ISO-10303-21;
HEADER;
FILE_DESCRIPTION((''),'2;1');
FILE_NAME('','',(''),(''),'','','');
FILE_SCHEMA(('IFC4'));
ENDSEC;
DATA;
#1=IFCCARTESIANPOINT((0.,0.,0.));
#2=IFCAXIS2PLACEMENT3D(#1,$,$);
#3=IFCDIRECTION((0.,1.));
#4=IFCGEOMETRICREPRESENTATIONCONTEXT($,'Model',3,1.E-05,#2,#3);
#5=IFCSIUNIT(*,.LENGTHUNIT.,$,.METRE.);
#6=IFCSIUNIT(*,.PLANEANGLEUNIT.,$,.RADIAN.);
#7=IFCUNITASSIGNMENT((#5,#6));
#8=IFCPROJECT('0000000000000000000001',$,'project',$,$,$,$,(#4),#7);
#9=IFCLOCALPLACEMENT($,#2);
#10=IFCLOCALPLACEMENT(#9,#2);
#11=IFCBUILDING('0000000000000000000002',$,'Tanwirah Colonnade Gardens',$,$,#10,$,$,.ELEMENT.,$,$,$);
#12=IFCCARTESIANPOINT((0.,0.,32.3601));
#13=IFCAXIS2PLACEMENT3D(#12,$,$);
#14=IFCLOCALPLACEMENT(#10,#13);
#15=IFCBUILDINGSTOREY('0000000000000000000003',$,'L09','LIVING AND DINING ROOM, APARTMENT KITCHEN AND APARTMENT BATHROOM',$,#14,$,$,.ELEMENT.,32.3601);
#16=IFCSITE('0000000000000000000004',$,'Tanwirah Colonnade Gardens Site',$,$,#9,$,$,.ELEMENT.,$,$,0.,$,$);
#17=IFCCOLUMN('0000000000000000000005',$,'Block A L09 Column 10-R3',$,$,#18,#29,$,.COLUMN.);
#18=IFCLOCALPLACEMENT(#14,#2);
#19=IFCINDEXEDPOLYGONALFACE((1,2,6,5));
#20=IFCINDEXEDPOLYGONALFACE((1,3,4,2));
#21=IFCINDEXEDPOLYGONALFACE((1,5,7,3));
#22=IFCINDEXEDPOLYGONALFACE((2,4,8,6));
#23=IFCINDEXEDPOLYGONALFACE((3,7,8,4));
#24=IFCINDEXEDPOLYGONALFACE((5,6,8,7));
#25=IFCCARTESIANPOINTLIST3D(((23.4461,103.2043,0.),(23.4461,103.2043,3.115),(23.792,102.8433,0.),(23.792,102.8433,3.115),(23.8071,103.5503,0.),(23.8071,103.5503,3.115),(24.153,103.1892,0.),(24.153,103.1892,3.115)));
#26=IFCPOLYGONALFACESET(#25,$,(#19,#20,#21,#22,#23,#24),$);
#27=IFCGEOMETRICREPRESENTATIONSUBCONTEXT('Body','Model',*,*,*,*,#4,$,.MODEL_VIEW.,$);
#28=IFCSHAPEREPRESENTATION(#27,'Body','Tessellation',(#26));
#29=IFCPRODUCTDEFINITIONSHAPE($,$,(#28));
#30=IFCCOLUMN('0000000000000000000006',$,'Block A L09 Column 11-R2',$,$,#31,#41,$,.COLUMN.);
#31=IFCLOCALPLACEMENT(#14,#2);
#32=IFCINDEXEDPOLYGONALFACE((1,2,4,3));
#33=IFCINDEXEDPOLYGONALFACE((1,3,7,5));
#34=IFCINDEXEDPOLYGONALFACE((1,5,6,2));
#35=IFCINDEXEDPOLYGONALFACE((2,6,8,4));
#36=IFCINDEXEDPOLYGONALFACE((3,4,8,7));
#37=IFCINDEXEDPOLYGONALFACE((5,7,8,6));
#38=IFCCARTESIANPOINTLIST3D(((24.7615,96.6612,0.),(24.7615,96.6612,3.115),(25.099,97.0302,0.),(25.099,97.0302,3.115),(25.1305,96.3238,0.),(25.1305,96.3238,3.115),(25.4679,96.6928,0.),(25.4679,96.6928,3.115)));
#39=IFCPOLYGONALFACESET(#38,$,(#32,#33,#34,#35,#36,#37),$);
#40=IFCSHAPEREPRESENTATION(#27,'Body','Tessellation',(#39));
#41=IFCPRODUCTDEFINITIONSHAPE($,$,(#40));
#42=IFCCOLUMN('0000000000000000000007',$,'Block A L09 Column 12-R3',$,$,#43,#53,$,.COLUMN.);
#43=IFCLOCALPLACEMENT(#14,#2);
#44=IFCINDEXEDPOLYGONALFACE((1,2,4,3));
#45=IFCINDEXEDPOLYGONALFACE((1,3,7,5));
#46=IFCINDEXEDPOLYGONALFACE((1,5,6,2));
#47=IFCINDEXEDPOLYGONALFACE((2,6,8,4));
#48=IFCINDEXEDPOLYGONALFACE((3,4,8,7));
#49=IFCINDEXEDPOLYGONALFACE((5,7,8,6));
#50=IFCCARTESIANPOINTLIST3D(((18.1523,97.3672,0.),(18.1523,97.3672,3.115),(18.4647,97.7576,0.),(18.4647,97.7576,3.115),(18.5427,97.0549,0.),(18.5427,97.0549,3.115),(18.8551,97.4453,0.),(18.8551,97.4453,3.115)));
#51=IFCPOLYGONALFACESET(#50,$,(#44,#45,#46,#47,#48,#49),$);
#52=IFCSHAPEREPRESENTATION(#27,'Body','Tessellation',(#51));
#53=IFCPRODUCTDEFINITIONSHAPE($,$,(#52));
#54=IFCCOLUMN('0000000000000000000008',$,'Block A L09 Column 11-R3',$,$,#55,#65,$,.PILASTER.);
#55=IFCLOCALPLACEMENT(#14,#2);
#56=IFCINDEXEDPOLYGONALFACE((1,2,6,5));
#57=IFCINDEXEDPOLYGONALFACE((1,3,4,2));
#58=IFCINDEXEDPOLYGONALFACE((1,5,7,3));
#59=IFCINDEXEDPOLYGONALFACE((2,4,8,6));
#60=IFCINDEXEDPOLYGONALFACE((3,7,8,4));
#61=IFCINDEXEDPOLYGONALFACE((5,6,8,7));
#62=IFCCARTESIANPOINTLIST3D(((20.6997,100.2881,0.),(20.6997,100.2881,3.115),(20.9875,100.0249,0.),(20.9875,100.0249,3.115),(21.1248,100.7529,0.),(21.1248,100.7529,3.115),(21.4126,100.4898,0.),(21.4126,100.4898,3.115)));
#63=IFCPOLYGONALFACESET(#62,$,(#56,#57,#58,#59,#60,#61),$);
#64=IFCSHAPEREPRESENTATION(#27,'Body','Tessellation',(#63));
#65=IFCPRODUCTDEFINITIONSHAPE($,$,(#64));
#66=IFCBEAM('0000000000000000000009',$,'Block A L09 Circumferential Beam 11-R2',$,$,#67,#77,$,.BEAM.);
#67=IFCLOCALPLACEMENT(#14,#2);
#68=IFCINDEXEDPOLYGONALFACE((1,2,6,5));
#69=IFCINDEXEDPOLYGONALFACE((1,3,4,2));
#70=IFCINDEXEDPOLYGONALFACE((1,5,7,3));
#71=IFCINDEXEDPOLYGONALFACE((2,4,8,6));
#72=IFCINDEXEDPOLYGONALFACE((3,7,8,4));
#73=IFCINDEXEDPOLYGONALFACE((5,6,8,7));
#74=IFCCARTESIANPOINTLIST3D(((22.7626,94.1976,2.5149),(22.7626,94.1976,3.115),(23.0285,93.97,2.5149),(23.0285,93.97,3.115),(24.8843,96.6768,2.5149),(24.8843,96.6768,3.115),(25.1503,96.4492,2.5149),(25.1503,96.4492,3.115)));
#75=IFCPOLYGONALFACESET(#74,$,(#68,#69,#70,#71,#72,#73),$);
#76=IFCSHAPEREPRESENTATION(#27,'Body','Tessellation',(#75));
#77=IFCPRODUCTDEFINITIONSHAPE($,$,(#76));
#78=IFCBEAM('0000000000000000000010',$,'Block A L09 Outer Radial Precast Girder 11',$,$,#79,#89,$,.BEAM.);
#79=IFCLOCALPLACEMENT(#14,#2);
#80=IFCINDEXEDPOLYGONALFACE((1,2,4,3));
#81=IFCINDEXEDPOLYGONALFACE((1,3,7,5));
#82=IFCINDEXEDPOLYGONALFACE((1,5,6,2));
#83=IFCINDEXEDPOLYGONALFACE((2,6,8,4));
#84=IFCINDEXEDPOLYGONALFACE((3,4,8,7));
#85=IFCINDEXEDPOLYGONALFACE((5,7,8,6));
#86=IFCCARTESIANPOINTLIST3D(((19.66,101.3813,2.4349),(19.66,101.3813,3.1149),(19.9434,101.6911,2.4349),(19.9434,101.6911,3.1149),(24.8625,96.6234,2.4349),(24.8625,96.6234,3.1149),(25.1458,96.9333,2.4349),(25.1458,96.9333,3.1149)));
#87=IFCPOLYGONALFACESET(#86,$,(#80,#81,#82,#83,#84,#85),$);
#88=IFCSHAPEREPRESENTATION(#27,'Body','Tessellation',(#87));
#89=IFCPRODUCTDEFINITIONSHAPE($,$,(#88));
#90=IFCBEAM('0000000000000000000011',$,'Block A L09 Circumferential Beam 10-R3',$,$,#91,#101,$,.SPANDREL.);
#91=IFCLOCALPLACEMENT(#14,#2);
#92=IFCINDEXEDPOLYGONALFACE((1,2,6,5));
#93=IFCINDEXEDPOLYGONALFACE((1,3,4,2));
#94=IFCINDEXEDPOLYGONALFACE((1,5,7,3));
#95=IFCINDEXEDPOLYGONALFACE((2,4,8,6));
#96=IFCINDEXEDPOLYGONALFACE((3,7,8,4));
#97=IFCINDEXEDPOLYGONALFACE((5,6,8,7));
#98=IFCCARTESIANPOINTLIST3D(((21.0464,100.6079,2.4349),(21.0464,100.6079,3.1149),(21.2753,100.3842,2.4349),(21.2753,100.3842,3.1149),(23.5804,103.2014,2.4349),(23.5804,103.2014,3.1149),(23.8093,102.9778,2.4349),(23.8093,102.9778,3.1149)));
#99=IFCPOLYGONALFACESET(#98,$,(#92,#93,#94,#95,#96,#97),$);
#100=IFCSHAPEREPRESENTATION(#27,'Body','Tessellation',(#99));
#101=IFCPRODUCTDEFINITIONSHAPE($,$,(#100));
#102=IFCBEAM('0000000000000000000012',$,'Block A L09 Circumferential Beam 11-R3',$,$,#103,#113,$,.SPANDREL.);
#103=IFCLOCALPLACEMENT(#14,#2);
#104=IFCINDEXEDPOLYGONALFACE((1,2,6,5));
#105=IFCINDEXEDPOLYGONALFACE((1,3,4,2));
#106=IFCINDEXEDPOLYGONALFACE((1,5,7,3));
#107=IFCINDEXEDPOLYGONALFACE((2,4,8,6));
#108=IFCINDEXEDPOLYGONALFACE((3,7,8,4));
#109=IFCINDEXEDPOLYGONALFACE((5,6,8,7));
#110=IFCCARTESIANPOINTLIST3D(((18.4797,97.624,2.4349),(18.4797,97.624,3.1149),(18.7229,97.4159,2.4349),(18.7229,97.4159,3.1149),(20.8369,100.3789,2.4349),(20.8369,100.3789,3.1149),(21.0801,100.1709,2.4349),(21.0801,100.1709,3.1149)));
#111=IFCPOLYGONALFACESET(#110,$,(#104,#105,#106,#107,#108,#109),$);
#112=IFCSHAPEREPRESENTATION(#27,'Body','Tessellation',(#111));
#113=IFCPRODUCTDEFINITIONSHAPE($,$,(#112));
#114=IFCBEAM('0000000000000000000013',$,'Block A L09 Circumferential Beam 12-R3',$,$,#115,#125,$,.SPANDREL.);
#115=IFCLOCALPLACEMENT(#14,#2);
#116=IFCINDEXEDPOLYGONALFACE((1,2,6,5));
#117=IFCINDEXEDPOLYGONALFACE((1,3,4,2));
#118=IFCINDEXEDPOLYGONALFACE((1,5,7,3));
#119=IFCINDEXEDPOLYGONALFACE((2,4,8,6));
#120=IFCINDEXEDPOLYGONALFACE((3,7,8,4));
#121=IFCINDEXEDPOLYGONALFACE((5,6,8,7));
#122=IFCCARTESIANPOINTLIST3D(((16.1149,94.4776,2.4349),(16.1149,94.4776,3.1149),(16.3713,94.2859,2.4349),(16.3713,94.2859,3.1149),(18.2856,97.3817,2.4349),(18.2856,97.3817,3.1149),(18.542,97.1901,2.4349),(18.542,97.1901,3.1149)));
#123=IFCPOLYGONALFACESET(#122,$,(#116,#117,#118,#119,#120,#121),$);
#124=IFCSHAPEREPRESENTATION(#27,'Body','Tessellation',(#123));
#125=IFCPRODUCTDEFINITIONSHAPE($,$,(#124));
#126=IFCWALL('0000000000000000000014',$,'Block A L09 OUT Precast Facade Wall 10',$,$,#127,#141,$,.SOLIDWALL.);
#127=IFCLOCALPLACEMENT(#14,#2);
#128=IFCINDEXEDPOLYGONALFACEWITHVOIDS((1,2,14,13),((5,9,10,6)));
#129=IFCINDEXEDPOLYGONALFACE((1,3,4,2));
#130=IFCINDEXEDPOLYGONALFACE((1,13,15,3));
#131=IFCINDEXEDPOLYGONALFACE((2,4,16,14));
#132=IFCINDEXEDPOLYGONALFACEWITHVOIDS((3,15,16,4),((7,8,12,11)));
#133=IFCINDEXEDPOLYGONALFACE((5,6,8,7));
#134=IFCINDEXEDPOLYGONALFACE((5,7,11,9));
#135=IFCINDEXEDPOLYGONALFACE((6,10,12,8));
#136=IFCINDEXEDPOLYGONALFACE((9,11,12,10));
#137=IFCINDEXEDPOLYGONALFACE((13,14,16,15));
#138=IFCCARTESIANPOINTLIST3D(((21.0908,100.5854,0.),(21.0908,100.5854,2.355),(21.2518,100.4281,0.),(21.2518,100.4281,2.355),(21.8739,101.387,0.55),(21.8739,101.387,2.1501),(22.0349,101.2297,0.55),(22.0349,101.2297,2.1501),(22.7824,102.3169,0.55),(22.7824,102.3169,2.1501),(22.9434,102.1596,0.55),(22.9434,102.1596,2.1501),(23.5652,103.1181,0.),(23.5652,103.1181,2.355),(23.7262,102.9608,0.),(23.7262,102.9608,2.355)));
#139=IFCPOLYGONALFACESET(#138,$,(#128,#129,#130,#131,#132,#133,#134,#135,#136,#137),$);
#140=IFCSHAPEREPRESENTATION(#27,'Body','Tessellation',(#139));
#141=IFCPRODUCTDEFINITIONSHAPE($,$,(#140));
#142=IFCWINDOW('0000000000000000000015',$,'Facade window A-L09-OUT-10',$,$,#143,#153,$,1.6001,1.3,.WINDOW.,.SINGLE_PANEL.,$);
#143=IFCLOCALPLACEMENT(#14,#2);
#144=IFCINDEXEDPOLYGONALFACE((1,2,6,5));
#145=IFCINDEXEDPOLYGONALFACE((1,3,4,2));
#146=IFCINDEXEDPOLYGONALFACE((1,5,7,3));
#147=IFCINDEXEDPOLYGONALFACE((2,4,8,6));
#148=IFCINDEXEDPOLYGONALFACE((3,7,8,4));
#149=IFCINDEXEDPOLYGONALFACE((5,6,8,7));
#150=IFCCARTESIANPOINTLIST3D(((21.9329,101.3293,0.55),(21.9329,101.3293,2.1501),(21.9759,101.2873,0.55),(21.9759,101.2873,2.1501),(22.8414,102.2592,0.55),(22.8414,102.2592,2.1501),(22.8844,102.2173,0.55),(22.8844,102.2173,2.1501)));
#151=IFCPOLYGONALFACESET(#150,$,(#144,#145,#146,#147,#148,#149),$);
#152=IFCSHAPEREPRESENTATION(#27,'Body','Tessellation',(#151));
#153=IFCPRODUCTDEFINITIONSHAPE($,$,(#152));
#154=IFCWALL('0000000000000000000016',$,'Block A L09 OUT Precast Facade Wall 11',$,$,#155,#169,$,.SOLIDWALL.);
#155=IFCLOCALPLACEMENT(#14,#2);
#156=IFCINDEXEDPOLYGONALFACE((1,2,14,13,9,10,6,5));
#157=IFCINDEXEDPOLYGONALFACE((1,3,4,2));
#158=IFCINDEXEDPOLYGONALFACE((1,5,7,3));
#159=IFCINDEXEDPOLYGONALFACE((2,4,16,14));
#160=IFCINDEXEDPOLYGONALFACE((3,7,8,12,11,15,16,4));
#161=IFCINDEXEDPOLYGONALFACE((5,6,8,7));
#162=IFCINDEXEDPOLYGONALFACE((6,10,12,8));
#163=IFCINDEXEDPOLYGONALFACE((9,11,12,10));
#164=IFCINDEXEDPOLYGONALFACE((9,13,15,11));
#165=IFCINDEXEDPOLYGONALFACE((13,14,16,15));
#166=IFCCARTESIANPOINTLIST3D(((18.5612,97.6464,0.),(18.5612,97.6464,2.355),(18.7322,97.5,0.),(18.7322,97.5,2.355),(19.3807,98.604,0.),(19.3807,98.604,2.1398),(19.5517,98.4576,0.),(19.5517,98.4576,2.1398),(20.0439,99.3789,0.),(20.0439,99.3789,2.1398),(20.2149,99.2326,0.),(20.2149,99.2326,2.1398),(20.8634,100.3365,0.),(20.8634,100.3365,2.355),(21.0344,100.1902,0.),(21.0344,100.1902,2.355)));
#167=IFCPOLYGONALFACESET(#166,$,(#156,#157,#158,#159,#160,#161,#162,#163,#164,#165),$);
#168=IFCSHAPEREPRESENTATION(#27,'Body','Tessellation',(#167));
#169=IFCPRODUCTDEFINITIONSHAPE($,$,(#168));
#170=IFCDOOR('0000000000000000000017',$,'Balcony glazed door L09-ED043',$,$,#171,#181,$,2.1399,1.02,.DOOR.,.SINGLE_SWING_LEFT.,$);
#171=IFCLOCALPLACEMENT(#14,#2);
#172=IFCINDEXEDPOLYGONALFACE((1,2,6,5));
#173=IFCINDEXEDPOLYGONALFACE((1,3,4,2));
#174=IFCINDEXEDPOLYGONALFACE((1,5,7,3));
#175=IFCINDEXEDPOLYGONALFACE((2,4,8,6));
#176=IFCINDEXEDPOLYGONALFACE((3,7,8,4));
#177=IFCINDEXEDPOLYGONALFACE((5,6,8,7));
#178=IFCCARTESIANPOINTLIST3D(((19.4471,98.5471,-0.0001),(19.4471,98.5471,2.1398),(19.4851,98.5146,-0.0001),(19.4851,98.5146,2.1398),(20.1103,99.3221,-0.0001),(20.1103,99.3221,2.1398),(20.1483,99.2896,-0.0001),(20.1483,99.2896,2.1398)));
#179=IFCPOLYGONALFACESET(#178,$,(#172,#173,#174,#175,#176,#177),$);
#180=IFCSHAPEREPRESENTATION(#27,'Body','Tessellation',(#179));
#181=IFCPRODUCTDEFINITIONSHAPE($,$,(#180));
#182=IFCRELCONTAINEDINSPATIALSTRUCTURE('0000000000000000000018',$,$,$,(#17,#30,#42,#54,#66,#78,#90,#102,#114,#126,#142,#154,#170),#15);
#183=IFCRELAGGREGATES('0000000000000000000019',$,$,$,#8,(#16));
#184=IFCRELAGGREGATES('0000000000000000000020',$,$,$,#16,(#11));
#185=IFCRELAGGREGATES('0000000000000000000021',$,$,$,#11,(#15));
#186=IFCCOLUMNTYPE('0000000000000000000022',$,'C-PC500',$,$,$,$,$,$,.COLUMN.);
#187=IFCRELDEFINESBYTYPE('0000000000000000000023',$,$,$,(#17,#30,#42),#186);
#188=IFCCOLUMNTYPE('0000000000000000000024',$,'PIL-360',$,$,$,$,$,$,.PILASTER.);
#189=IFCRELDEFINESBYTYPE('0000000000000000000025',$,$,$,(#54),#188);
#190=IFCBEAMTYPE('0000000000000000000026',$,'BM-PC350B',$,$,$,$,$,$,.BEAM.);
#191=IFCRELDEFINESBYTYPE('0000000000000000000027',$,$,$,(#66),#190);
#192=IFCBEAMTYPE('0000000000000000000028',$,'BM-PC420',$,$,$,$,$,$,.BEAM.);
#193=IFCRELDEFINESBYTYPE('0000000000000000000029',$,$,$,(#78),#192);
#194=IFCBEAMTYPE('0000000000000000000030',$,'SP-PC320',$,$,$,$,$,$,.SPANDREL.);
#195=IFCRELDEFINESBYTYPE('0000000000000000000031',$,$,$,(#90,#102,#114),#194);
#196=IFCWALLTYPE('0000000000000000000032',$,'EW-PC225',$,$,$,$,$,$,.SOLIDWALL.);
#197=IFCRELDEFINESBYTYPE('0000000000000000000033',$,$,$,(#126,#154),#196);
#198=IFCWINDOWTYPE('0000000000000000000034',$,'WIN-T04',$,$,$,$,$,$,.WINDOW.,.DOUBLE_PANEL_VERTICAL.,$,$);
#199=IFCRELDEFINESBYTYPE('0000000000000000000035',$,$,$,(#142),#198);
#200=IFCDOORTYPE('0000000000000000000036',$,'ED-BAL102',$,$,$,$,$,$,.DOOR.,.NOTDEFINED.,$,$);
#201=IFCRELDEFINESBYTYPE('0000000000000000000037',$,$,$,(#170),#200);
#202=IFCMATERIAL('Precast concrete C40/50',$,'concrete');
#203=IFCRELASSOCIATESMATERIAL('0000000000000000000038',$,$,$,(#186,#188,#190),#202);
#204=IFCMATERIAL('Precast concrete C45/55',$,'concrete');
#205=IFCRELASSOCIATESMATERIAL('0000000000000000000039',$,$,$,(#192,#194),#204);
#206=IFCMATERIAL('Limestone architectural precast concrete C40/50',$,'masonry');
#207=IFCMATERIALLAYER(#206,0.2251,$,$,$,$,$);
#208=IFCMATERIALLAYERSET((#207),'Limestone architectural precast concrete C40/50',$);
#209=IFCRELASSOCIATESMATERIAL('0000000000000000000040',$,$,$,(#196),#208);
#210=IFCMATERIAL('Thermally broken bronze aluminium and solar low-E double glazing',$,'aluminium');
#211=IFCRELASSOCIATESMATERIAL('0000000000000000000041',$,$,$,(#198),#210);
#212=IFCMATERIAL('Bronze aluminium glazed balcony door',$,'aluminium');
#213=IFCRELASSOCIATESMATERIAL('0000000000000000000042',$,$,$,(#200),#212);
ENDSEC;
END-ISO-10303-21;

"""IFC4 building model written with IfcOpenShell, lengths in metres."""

from ifc_helpers import new_model, si_unit, direction, frame, frame_2d, origin, origin_2d, place, context, subcontext, project, spatial, rectangle, extrude, material, layer, layer_set, material_profile, profile_set, type_object, element, fill, save


model = new_model("IFC4")

# Units and contexts
model_context = context("Model", 3, precision=1e-05, world=origin(), true_north=direction((0.0, 1.0)))
body_context = subcontext(model_context, "Body", "Model", "MODEL_VIEW")
ifc_project = project(units=[si_unit("LENGTHUNIT", "METRE"), si_unit("PLANEANGLEUNIT", "RADIAN")], contexts=[model_context])

# Site, building, storey
site_placement = place(None, origin())
site = spatial("IfcSite", under=ifc_project, at=site_placement, Name="Tanwirah Colonnade Gardens Site", CompositionType="ELEMENT", RefElevation=0.0)
building_placement = place(site_placement, origin())
building = spatial("IfcBuilding", under=site, at=building_placement, Name="Tanwirah Colonnade Gardens", CompositionType="ELEMENT")
storey_placement = place(building_placement, frame((0.0, 0.0, 32.3601)))
storey = spatial("IfcBuildingStorey", under=building, at=storey_placement, Name="L09", Description="LIVING AND DINING ROOM, APARTMENT KITCHEN AND APARTMENT BATHROOM", CompositionType="ELEMENT", Elevation=32.3601)

# Columns
ifc_material_1 = material(Name="Precast concrete C40/50", Category="concrete")
ifc_material_profile_1 = material_profile(ifc_material_1, rectangle(XDim=0.5, YDim=0.5, at=origin_2d()), Name="PC-COL 500x500")
ifc_profile_set_1 = profile_set([ifc_material_profile_1], Name="Precast concrete C40/50")
column_type_1 = type_object("IfcColumnType", Name="C-PC500", PredefinedType="COLUMN", material=ifc_profile_set_1)
for number, where, z_axis, x_axis, name in (
    (1, (23.7996, 103.1968, 0.0), (0.0, 0.0, 1.0), (-0.691863, 0.722029, 0.0), "Block A L09 Column 10-R3"),
    (2, (25.1147, 96.677, 0.0), (0.0, 0.0, 1.0), (-0.737932, 0.674875, 0.0), "Block A L09 Column 11-R2"),
    (3, (18.5037, 97.4062, 0.0), (0.0, 0.0, 1.0), (-0.780794, 0.624788, 0.0), "Block A L09 Column 12-R3"),
):
    element("IfcColumn", number, at=place(storey_placement, frame(where, z_axis=z_axis, x_axis=x_axis)), inside=storey, type_object=column_type_1, Name=name, PredefinedType="COLUMN", context=body_context, shape_type="SweptSolid", body=[
        extrude(rectangle(XDim=0.5, YDim=0.5, at=origin_2d()), origin(), (0.0, 0.0, 1.0), 3.115),
    ])
ifc_material_profile_2 = material_profile(ifc_material_1, rectangle(XDim=0.3899, YDim=0.6299, at=origin_2d()), Name="PC-PIL 390x630")
ifc_profile_set_2 = profile_set([ifc_material_profile_2], Name="Precast concrete C40/50")
column_type_2 = type_object("IfcColumnType", Name="PIL-360", PredefinedType="PILASTER", material=ifc_profile_set_2)
column_placement = place(storey_placement, frame((21.0562, 100.3889, 0.0), z_axis=(0.0, 0.0, 1.0), x_axis=(-0.737932, 0.674875, 0.0)))
element("IfcColumn", 4, at=column_placement, inside=storey, type_object=column_type_2, Name="Block A L09 Column 11-R3", PredefinedType="PILASTER", context=body_context, shape_type="SweptSolid", body=[
    extrude(rectangle(XDim=0.3899, YDim=0.6299, at=origin_2d()), origin(), (0.0, 0.0, 1.0), 3.115),
])

# Beams
ifc_material_profile_3 = material_profile(ifc_material_1, rectangle(XDim=0.3501, YDim=0.6001, at=origin_2d()), Name="PC-BM 350x600")
ifc_profile_set_3 = profile_set([ifc_material_profile_3], Name="Precast concrete C40/50")
beam_type_1 = type_object("IfcBeamType", Name="BM-PC350B", PredefinedType="BEAM", material=ifc_profile_set_3)
beam_1_placement = place(storey_placement, frame((25.0173, 96.563, 2.8149), z_axis=(-0.650218, -0.759748, 0.0), x_axis=(0.759748, -0.650218, 0.0)))
element("IfcBeam", 5, at=beam_1_placement, inside=storey, type_object=beam_type_1, Name="Block A L09 Circumferential Beam 11-R2", PredefinedType="BEAM", context=body_context, shape_type="SweptSolid", body=[
    extrude(rectangle(XDim=0.3501, YDim=0.6001, at=origin_2d()), origin(), (0.0, 0.0, 1.0), 3.2632),
])
ifc_material_2 = material(Name="Precast concrete C45/55", Category="concrete")
ifc_material_profile_4 = material_profile(ifc_material_2, rectangle(XDim=0.4199, YDim=0.6799, at=origin_2d()), Name="PC-BM 420x680")
ifc_profile_set_4 = profile_set([ifc_material_profile_4], Name="Precast concrete C45/55")
beam_type_2 = type_object("IfcBeamType", Name="BM-PC420", PredefinedType="BEAM", material=ifc_profile_set_4)
beam_2_placement = place(storey_placement, frame((25.0042, 96.7783, 2.7749), z_axis=(-0.737934, 0.674873, 0.0), x_axis=(-0.674873, -0.737934, 0.0)))
element("IfcBeam", 6, at=beam_2_placement, inside=storey, type_object=beam_type_2, Name="Block A L09 Outer Radial Precast Girder 11", PredefinedType="BEAM", context=body_context, shape_type="SweptSolid", body=[
    extrude(rectangle(XDim=0.4199, YDim=0.6799, at=origin_2d()), origin(), (0.0, 0.0, 1.0), 7.05),
])
ifc_material_profile_5 = material_profile(ifc_material_2, rectangle(XDim=0.3201, YDim=0.6799, at=origin_2d()), Name="PC-SP 320x680")
ifc_profile_set_5 = profile_set([ifc_material_profile_5], Name="Precast concrete C45/55")
beam_type_3 = type_object("IfcBeamType", Name="SP-PC320", PredefinedType="SPANDREL", material=ifc_profile_set_5)
beam_3_placement = place(storey_placement, frame((23.6948, 103.0896, 2.7749), z_axis=(-0.698844, -0.715274, 0.0), x_axis=(0.715274, -0.698844, 0.0)))
element("IfcBeam", 7, at=beam_3_placement, inside=storey, type_object=beam_type_3, Name="Block A L09 Circumferential Beam 10-R3", PredefinedType="SPANDREL", context=body_context, shape_type="SweptSolid", body=[
    extrude(rectangle(XDim=0.3201, YDim=0.6799, at=origin_2d()), origin(), (0.0, 0.0, 1.0), 3.626),
])
for number, where, z_axis, x_axis, name in (
    (8, (20.9585, 100.2749, 2.7749), (-0.650131, -0.759822, 0.0), (0.759822, -0.650131, 0.0), "Block A L09 Circumferential Beam 11-R3"),
    (9, (18.4138, 97.2859, 2.7749), (-0.598696, -0.800977, 0.0), (0.800977, -0.598696, 0.0), "Block A L09 Circumferential Beam 12-R3"),
):
    element("IfcBeam", number, at=place(storey_placement, frame(where, z_axis=z_axis, x_axis=x_axis)), inside=storey, type_object=beam_type_3, Name=name, PredefinedType="SPANDREL", context=body_context, shape_type="SweptSolid", body=[
        extrude(rectangle(XDim=0.3201, YDim=0.6799, at=origin_2d()), origin(), (0.0, 0.0, 1.0), 3.6257),
    ])

# Wall, opening, window
ifc_material_3 = material(Name="Limestone architectural precast concrete C40/50", Category="masonry")
ifc_layer_1 = layer(ifc_material_3, 0.2251)
ifc_layer_set_1 = layer_set([ifc_layer_1], Name="Limestone architectural precast concrete C40/50")
wall_type_1 = type_object("IfcWallType", Name="EW-PC225", PredefinedType="SOLIDWALL", material=ifc_layer_set_1)
wall_1_placement = place(storey_placement, frame((23.6458, 103.0396, 0.0), z_axis=(0.0, 0.0, 1.0), x_axis=(-0.698819, -0.715298, 0.0)))
wall_1 = element("IfcWall", 10, at=wall_1_placement, inside=storey, type_object=wall_type_1, Name="Block A L09 OUT Precast Facade Wall 10", PredefinedType="SOLIDWALL", context=body_context, shape_type="SweptSolid", body=[
    extrude(rectangle(XDim=3.5408, YDim=0.2251, at=frame_2d((1.7705, 0.0))), origin(), (0.0, 0.0, 1.0), 2.355),
])
opening_1_placement = place(wall_1_placement, frame((1.1204, 0.0, 0.55)))
opening_1 = element("IfcOpeningElement", 11, at=opening_1_placement, cuts=wall_1, PredefinedType="OPENING", context=body_context, shape_type="SweptSolid", body=[
    extrude(rectangle(XDim=1.3, YDim=1.6001, at=frame_2d((0.6499, 0.8))), frame((0.0, 0.1226, 0.0), z_axis=(0.0, -1.0, 0.0), x_axis=(1.0, 0.0, 0.0)), (0.0, 0.0, 1.0), 0.2451),
])
ifc_material_4 = material(Name="Thermally broken bronze aluminium and solar low-E double glazing", Category="aluminium")
window_type_1 = type_object("IfcWindowType", Name="WIN-T04", PartitioningType="DOUBLE_PANEL_VERTICAL", PredefinedType="WINDOW", material=ifc_material_4)
window_1_placement = place(opening_1_placement, origin())
window_1 = element("IfcWindow", 12, at=window_1_placement, inside=storey, type_object=window_type_1, Name="Facade window A-L09-OUT-10", OverallHeight=1.6001, OverallWidth=1.3, PartitioningType="SINGLE_PANEL", PredefinedType="WINDOW", context=body_context, shape_type="SweptSolid", body=[
    extrude(rectangle(XDim=1.3, YDim=1.6001, at=frame_2d((0.6499, 0.8))), frame((0.0, 0.03, 0.0), z_axis=(0.0, -1.0, 0.0), x_axis=(1.0, 0.0, 0.0)), (0.0, 0.0, 1.0), 0.0601),
])
fill(opening_1, window_1)

# Wall, opening, door
wall_2_placement = place(storey_placement, frame((20.949, 100.2634, 0.0), z_axis=(0.0, 0.0, 1.0), x_axis=(-0.650201, -0.759763, 0.0)))
wall_2 = element("IfcWall", 13, at=wall_2_placement, inside=storey, type_object=wall_type_1, Name="Block A L09 OUT Precast Facade Wall 11", PredefinedType="SOLIDWALL", context=body_context, shape_type="SweptSolid", body=[
    extrude(rectangle(XDim=3.5408, YDim=0.2251, at=frame_2d((1.7705, 0.0))), origin(), (0.0, 0.0, 1.0), 2.355),
])
opening_2_placement = place(wall_2_placement, frame((1.2605, 0.0, 0.0)))
opening_2 = element("IfcOpeningElement", 14, at=opening_2_placement, cuts=wall_2, PredefinedType="OPENING", context=body_context, shape_type="SweptSolid", body=[
    extrude(rectangle(XDim=1.02, YDim=2.1399, at=frame_2d((0.51, 1.0698))), frame((0.0, 0.1226, 0.0), z_axis=(0.0, -1.0, 0.0), x_axis=(1.0, 0.0, 0.0)), (0.0, 0.0, 1.0), 0.2451),
])
ifc_material_5 = material(Name="Bronze aluminium glazed balcony door", Category="aluminium")
door_type = type_object("IfcDoorType", Name="ED-BAL102", OperationType="NOTDEFINED", PredefinedType="DOOR", material=ifc_material_5)
door_placement = place(opening_2_placement, origin())
door = element("IfcDoor", 15, at=door_placement, inside=storey, type_object=door_type, Name="Balcony glazed door L09-ED043", OperationType="SINGLE_SWING_LEFT", OverallHeight=2.1399, OverallWidth=1.02, PredefinedType="DOOR", context=body_context, shape_type="SweptSolid", body=[
    extrude(rectangle(XDim=1.02, YDim=2.1399, at=frame_2d((0.51, 1.0698))), frame((0.0, 0.0249, 0.0), z_axis=(0.0, -1.0, 0.0), x_axis=(1.0, 0.0, 0.0)), (0.0, 0.0, 1.0), 0.05),
])
fill(opening_2, door)

save(model, "model.ifc")
